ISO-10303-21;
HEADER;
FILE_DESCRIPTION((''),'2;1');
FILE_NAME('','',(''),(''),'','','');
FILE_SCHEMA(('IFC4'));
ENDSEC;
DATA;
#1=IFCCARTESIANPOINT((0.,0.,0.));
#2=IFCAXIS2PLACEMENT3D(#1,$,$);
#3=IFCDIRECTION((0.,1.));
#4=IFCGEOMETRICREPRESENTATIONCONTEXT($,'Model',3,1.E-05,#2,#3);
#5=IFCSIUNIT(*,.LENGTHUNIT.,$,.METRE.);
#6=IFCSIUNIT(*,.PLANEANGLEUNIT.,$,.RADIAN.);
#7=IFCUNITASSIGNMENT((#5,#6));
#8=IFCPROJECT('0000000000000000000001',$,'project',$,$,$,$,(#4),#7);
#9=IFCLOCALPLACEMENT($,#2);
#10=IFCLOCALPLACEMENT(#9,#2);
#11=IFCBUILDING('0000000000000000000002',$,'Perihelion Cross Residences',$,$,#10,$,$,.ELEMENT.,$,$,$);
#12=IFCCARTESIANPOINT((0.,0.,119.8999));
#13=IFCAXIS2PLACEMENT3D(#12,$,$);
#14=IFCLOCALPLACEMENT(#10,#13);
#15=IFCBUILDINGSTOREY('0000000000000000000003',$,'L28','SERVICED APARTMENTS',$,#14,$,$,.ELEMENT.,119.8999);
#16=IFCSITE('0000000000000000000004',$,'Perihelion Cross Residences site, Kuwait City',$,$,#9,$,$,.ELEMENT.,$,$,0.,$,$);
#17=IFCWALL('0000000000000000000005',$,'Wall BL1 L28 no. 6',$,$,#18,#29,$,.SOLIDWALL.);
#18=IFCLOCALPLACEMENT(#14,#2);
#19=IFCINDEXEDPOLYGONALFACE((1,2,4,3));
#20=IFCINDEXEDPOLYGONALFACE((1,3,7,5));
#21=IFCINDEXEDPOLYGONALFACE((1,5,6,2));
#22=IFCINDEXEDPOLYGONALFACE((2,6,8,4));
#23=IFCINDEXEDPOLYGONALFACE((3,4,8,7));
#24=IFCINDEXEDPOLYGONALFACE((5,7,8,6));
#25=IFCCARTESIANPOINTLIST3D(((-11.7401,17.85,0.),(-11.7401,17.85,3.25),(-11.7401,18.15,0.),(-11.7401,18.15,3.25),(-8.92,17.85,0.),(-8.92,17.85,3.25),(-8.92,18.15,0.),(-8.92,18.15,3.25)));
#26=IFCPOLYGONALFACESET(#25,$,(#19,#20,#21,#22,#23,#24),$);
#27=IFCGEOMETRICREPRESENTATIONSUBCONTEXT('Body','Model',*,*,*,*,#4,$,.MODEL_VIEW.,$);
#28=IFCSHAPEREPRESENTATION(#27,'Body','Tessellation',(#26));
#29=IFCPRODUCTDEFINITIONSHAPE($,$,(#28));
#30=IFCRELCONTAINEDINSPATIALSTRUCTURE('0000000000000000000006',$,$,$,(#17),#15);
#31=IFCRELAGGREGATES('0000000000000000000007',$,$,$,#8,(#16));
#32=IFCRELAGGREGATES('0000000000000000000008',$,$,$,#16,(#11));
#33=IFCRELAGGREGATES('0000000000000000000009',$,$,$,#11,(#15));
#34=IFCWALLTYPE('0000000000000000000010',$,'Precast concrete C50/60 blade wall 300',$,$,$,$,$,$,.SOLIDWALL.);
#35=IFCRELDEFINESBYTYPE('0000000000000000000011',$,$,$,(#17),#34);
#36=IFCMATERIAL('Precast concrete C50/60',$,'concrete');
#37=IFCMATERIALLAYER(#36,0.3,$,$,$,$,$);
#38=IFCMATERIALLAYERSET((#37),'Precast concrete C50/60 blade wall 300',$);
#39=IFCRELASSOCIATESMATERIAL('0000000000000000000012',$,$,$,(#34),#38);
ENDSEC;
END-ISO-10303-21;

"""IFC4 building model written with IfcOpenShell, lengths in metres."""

from ifc_helpers import new_model, si_unit, direction, frame, frame_2d, origin, place, context, subcontext, project, spatial, rectangle, extrude, material, layer, layer_set, type_object, element, save


model = new_model("IFC4")

# Units and contexts
model_context = context("Model", 3, precision=1e-05, world=origin(), true_north=direction((0.0, 1.0)))
body_context = subcontext(model_context, "Body", "Model", "MODEL_VIEW")
ifc_project = project(units=[si_unit("LENGTHUNIT", "METRE"), si_unit("PLANEANGLEUNIT", "RADIAN")], contexts=[model_context])

# Site, building, storey
site_placement = place(None, origin())
site = spatial("IfcSite", under=ifc_project, at=site_placement, Name="Perihelion Cross Residences site, Kuwait City", CompositionType="ELEMENT", RefElevation=0.0)
building_placement = place(site_placement, origin())
building = spatial("IfcBuilding", under=site, at=building_placement, Name="Perihelion Cross Residences", CompositionType="ELEMENT")
storey_placement = place(building_placement, frame((0.0, 0.0, 119.8999)))
storey = spatial("IfcBuildingStorey", under=building, at=storey_placement, Name="L28", Description="SERVICED APARTMENTS", CompositionType="ELEMENT", Elevation=119.8999)

# Wall
ifc_material_1 = material(Name="Precast concrete C50/60", Category="concrete")
ifc_layer_1 = layer(ifc_material_1, 0.3)
ifc_layer_set_1 = layer_set([ifc_layer_1], Name="Precast concrete C50/60 blade wall 300")
wall_type_1 = type_object("IfcWallType", Name="Precast concrete C50/60 blade wall 300", PredefinedType="SOLIDWALL", material=ifc_layer_set_1)
for number, where, z_axis, x_axis, name in (
    (1, (-8.9199, 18.0, 0.0), (0.0, 0.0, 1.0), (-1.0, 0.0, 0.0), "Wall BL1 L28 no. 6"),
):
    element("IfcWall", number, at=place(storey_placement, frame(where, z_axis=z_axis, x_axis=x_axis)), inside=storey, type_object=wall_type_1, Name=name, PredefinedType="SOLIDWALL", context=body_context, shape_type="SweptSolid", body=[
        extrude(rectangle(XDim=2.8201, YDim=0.3, at=frame_2d((1.4102, 0.0))), origin(), (0.0, 0.0, 1.0), 3.25),
    ])

save(model, "model.ifc")
